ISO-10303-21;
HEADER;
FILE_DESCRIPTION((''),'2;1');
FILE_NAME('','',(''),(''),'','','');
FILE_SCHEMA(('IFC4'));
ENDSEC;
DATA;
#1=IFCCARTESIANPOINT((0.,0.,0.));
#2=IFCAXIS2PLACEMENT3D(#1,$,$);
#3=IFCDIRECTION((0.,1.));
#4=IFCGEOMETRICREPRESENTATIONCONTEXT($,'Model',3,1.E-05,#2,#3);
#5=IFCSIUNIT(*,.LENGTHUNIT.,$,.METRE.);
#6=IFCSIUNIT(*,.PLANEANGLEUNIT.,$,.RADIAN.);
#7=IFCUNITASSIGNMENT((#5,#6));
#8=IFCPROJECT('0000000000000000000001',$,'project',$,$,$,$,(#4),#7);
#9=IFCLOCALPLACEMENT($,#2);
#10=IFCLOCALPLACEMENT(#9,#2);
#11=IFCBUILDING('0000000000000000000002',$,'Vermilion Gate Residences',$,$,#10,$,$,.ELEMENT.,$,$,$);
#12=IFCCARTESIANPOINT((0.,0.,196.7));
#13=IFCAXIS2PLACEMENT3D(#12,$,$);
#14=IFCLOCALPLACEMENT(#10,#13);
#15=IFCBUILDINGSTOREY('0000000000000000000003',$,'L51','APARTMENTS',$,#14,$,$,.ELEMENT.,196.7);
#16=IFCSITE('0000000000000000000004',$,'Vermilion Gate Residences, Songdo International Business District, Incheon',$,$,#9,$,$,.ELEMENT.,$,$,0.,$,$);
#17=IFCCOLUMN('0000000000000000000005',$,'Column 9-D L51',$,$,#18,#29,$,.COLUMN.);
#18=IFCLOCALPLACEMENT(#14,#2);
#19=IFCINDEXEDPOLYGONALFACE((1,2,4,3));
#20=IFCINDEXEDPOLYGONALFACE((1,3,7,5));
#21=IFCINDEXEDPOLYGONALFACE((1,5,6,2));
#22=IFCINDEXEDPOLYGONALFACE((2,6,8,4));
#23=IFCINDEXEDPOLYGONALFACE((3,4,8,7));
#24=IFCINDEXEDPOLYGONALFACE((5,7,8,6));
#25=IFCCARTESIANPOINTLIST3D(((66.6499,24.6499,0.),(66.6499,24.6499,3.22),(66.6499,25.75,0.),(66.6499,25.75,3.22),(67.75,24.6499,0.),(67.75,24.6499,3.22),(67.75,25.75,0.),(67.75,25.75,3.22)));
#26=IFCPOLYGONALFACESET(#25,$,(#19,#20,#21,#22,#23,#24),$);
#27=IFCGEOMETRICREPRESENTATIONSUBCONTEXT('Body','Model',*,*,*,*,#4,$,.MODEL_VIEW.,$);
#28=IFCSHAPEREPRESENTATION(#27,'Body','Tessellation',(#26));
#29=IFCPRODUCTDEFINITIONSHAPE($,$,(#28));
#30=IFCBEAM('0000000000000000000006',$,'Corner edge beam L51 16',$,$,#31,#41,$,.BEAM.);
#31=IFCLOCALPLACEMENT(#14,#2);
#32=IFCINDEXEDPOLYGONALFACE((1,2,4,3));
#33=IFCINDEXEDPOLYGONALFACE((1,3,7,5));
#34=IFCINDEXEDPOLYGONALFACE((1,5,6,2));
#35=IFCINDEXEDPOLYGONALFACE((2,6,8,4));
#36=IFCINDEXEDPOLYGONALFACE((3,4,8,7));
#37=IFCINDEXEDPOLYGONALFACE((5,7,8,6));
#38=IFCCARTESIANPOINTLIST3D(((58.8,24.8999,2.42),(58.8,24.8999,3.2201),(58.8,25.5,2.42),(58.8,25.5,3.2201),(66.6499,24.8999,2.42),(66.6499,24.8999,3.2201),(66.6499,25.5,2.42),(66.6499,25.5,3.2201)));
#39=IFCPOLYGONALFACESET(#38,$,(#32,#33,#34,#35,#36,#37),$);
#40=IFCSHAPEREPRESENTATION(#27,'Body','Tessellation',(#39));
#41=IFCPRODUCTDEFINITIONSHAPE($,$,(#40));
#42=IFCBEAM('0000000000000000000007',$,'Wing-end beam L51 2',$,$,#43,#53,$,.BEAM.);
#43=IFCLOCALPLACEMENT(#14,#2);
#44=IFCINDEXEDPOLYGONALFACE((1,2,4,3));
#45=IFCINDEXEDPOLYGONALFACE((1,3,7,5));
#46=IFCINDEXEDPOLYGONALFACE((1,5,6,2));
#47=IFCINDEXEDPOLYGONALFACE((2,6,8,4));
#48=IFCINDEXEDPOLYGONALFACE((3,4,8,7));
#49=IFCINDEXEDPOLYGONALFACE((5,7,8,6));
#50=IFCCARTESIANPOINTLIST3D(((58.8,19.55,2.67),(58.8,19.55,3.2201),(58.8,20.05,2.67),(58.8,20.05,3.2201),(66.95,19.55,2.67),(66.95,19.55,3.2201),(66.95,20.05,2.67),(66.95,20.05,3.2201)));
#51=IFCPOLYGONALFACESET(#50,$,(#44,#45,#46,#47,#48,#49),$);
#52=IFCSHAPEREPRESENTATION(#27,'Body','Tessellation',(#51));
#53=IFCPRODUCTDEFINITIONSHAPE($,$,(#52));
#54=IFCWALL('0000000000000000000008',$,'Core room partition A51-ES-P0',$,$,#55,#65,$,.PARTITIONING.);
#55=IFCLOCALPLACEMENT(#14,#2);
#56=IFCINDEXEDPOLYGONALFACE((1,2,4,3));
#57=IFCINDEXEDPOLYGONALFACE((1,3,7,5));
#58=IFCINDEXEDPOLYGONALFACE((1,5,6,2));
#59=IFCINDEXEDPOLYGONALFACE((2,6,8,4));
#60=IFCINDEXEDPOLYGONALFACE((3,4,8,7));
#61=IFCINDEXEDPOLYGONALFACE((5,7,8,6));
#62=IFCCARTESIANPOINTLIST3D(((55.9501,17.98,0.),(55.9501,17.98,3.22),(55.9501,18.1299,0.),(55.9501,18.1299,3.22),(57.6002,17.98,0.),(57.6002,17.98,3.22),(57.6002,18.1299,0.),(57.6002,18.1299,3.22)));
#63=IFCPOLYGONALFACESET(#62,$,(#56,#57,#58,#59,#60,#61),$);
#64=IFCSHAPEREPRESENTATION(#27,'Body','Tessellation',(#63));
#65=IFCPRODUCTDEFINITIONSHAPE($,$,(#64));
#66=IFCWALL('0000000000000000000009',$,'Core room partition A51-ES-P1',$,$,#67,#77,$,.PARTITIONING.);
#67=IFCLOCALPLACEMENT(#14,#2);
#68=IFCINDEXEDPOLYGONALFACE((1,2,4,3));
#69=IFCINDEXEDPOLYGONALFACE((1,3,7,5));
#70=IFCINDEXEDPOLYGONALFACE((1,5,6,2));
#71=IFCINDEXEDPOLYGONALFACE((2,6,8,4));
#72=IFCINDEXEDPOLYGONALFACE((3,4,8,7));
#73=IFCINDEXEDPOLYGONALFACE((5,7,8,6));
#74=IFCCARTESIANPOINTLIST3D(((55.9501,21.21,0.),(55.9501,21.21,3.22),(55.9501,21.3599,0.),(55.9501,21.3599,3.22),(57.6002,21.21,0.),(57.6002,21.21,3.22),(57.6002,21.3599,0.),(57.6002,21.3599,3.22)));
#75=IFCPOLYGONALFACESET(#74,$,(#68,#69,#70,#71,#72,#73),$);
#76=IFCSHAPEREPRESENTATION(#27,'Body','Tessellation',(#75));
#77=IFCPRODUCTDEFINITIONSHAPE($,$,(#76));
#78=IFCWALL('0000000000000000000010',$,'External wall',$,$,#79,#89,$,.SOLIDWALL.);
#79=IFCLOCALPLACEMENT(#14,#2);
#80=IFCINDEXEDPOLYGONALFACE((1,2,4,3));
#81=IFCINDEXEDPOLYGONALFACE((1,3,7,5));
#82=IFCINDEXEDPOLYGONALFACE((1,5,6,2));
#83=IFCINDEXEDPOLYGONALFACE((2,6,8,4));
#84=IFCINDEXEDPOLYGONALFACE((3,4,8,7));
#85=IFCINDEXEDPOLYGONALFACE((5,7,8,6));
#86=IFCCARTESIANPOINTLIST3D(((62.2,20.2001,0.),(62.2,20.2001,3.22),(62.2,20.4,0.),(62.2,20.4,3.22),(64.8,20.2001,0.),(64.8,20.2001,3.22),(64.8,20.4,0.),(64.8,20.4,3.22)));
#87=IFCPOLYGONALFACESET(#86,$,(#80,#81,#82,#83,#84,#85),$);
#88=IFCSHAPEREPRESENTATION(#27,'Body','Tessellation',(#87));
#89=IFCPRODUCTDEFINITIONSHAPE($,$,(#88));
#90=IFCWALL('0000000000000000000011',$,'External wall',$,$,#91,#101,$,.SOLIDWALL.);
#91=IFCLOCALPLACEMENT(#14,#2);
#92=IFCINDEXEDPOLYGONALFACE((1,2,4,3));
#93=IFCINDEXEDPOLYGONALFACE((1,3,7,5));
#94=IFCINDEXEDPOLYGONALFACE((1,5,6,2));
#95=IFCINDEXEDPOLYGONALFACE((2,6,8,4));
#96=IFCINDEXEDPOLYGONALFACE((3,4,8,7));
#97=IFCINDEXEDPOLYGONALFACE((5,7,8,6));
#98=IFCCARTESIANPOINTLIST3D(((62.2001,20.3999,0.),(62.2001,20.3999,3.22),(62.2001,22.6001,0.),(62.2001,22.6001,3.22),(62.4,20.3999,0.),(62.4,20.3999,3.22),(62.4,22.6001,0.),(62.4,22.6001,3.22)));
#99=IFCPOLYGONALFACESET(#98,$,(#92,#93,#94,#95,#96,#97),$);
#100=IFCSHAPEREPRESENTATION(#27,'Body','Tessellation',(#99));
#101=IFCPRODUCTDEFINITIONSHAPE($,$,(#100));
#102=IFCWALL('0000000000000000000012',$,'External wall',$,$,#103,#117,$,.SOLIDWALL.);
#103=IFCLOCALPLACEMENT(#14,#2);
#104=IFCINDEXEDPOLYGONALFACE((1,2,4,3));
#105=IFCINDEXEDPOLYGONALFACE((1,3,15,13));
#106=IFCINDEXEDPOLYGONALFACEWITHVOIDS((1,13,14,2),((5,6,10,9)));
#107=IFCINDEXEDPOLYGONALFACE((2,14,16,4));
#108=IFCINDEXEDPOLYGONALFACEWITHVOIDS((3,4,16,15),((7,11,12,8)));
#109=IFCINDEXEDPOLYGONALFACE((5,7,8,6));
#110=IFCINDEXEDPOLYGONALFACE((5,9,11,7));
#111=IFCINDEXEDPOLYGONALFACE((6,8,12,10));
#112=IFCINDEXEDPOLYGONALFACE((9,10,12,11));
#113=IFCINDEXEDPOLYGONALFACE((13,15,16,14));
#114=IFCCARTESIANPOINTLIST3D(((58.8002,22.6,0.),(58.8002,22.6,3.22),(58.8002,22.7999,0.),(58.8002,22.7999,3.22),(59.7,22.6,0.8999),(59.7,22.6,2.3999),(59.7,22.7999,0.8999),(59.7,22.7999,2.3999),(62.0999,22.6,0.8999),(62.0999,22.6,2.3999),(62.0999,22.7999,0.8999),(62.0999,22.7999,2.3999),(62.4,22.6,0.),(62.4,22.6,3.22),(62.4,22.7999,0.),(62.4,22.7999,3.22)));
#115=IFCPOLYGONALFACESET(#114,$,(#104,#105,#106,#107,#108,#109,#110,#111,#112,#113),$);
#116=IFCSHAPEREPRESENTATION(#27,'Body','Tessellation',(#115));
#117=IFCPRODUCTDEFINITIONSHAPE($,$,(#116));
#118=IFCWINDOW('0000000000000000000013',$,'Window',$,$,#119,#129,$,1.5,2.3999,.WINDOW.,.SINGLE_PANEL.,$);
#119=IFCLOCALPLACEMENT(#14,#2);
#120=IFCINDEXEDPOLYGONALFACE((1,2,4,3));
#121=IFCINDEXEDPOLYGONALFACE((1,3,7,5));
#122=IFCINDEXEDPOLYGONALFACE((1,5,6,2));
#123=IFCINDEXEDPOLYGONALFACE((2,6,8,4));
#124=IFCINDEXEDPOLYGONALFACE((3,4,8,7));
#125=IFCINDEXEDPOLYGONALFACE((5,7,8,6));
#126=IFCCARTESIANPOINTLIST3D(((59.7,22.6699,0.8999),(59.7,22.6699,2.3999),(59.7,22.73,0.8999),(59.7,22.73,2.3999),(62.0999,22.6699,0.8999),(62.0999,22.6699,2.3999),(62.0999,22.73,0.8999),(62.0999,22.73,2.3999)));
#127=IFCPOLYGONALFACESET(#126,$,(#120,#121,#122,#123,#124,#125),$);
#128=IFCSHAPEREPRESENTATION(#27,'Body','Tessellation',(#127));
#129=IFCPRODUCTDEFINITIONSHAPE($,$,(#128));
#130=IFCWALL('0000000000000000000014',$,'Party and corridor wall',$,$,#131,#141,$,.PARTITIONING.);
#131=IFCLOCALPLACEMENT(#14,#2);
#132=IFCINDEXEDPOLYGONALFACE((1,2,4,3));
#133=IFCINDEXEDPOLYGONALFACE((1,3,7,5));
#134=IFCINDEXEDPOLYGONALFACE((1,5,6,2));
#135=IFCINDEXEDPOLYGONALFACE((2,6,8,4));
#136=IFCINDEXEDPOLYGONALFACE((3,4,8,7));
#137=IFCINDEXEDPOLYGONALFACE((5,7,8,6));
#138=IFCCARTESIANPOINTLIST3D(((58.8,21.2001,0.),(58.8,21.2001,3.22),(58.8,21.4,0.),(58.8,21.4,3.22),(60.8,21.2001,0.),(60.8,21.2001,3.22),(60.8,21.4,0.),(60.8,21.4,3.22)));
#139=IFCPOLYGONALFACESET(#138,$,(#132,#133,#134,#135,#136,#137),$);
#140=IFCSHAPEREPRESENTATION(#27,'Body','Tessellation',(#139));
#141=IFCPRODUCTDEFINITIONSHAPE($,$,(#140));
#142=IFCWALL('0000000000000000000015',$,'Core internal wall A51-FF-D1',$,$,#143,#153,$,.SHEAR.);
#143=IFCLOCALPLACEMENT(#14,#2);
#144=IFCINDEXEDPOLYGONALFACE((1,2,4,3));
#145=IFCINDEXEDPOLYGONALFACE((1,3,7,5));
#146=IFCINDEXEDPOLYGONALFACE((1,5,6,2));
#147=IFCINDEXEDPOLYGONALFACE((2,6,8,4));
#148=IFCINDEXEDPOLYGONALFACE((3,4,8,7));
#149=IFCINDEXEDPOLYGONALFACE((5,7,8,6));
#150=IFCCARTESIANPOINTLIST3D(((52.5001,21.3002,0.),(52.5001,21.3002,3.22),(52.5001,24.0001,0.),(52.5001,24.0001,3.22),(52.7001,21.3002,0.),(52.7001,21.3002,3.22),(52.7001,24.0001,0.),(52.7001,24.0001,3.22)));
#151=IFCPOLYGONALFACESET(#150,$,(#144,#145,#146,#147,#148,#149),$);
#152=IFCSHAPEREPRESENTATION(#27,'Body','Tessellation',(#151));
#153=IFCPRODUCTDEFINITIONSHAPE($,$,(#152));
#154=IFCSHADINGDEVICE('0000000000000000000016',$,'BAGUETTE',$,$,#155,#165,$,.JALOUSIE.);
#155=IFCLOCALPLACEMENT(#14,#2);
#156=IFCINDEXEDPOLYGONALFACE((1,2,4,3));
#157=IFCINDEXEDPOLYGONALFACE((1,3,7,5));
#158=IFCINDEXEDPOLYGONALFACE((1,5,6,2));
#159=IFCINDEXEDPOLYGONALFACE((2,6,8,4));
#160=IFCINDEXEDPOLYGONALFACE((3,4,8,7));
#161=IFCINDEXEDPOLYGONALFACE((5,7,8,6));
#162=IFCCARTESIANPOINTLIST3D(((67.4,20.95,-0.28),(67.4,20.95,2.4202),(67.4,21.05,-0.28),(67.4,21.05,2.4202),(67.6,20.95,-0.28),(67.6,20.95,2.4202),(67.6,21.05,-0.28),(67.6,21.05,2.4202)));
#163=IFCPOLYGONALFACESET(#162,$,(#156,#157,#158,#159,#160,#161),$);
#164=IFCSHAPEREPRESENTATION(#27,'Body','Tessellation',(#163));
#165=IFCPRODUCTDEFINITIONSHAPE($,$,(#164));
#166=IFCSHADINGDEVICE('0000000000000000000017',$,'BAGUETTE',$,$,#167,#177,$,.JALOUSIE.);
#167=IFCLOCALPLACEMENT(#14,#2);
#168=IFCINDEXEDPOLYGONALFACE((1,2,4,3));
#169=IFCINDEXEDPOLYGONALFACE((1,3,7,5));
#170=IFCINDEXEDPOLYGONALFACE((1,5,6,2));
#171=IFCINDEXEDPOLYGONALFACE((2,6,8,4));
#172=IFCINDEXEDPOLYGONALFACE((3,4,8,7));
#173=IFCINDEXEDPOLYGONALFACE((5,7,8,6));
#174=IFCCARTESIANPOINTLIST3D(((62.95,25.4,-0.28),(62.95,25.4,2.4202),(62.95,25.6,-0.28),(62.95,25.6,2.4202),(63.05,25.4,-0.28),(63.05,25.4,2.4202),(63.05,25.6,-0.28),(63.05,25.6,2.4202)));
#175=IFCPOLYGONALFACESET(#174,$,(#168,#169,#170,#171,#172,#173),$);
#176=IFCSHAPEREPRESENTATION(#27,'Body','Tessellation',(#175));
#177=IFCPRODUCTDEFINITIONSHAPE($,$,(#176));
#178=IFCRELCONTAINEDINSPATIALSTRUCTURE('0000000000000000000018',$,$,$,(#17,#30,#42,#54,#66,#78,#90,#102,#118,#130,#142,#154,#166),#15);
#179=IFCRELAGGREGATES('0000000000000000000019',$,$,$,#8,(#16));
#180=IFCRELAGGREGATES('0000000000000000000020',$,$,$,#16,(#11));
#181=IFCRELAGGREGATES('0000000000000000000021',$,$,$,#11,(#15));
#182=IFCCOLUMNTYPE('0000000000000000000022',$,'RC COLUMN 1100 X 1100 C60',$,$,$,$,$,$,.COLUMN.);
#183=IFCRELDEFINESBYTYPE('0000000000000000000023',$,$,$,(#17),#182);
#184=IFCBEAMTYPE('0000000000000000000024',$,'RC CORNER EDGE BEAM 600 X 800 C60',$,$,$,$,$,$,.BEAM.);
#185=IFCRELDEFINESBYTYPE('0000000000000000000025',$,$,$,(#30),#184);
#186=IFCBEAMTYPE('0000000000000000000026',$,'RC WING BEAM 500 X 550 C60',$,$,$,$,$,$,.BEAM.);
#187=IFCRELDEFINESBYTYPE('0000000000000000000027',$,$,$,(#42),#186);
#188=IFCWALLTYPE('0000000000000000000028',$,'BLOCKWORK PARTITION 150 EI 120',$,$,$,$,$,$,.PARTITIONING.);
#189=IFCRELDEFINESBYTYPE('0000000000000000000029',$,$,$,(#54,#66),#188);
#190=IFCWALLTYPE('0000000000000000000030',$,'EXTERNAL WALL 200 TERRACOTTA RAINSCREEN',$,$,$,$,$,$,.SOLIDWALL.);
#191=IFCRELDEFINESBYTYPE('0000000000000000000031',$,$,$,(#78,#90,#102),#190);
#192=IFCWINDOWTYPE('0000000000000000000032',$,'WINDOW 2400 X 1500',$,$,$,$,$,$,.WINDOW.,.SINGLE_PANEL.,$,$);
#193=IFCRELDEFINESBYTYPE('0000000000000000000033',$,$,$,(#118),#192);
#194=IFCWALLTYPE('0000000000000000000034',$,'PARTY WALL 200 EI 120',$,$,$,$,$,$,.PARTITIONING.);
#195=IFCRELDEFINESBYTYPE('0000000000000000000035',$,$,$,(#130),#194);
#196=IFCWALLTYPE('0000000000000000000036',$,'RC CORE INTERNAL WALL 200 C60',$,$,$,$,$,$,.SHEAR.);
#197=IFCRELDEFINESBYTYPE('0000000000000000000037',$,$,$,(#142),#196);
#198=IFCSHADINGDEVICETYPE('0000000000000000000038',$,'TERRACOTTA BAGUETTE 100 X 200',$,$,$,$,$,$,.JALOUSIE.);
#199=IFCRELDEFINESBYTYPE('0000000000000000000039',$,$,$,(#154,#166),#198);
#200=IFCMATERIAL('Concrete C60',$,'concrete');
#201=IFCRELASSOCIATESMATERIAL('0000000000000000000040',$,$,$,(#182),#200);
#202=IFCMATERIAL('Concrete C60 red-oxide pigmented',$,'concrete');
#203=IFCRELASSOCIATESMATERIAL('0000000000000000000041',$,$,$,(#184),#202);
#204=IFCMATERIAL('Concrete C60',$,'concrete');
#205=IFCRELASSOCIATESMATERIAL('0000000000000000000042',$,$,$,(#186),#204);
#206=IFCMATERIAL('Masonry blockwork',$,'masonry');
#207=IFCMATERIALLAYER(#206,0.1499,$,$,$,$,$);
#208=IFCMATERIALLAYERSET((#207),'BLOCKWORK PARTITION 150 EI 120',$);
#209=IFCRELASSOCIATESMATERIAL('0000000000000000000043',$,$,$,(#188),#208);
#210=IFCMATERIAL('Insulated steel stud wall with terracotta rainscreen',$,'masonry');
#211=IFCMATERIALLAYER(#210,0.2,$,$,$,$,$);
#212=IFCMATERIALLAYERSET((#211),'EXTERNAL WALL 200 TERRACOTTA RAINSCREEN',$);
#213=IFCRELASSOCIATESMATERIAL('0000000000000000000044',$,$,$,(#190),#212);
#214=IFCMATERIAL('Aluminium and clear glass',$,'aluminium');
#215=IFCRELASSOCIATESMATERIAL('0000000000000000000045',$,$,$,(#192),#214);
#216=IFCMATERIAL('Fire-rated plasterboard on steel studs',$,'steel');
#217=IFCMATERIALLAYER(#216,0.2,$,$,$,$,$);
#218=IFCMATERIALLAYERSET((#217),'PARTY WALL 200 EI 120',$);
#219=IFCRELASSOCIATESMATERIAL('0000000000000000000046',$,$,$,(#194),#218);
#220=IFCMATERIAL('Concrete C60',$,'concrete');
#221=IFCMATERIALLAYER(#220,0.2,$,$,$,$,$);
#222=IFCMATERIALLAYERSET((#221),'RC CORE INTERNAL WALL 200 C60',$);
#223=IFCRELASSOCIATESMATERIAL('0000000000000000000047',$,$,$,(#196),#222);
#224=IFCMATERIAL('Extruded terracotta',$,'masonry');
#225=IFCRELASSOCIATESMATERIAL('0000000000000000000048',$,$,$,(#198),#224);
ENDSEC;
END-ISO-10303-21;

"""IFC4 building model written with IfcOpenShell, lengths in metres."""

from ifc_helpers import new_model, si_unit, direction, frame, frame_2d, origin, origin_2d, place, context, subcontext, project, spatial, rectangle, extrude, material, layer, layer_set, material_profile, profile_set, type_object, element, fill, save


model = new_model("IFC4")

# Units and contexts
model_context = context("Model", 3, precision=1e-05, world=origin(), true_north=direction((0.0, 1.0)))
body_context = subcontext(model_context, "Body", "Model", "MODEL_VIEW")
ifc_project = project(units=[si_unit("LENGTHUNIT", "METRE"), si_unit("PLANEANGLEUNIT", "RADIAN")], contexts=[model_context])

# Site, building, storey
site_placement = place(None, origin())
site = spatial("IfcSite", under=ifc_project, at=site_placement, Name="Vermilion Gate Residences, Songdo International Business District, Incheon", CompositionType="ELEMENT", RefElevation=0.0)
building_placement = place(site_placement, origin())
building = spatial("IfcBuilding", under=site, at=building_placement, Name="Vermilion Gate Residences", CompositionType="ELEMENT")
storey_placement = place(building_placement, frame((0.0, 0.0, 196.7)))
storey = spatial("IfcBuildingStorey", under=building, at=storey_placement, Name="L51", Description="APARTMENTS", CompositionType="ELEMENT", Elevation=196.7)

# Column
ifc_material_1 = material(Name="Concrete C60", Category="concrete")
ifc_material_profile_1 = material_profile(ifc_material_1, rectangle(XDim=1.1001, YDim=1.1001, at=origin_2d()), Name="RC-1100x1100")
ifc_profile_set_1 = profile_set([ifc_material_profile_1], Name="Concrete C60")
column_type = type_object("IfcColumnType", Name="RC COLUMN 1100 X 1100 C60", PredefinedType="COLUMN", material=ifc_profile_set_1)
column_placement = place(storey_placement, frame((67.2, 25.2, 0.0), z_axis=(0.0, 0.0, 1.0), x_axis=(1.0, 0.0, 0.0)))
element("IfcColumn", 1, at=column_placement, inside=storey, type_object=column_type, Name="Column 9-D L51", PredefinedType="COLUMN", context=body_context, shape_type="SweptSolid", body=[
    extrude(rectangle(XDim=1.1001, YDim=1.1001, at=origin_2d()), origin(), (0.0, 0.0, 1.0), 3.22),
])

# Beams
ifc_material_2 = material(Name="Concrete C60 red-oxide pigmented", Category="concrete")
ifc_material_profile_2 = material_profile(ifc_material_2, rectangle(XDim=0.6001, YDim=0.8, at=origin_2d()), Name="RC-600x800")
ifc_profile_set_2 = profile_set([ifc_material_profile_2], Name="Concrete C60 red-oxide pigmented")
beam_type_1 = type_object("IfcBeamType", Name="RC CORNER EDGE BEAM 600 X 800 C60", PredefinedType="BEAM", material=ifc_profile_set_2)
beam_1_placement = place(storey_placement, frame((58.8, 25.2, 2.8201), z_axis=(1.0, 0.0, 0.0), x_axis=(0.0, 1.0, 0.0)))
element("IfcBeam", 2, at=beam_1_placement, inside=storey, type_object=beam_type_1, Name="Corner edge beam L51 16", PredefinedType="BEAM", context=body_context, shape_type="SweptSolid", body=[
    extrude(rectangle(XDim=0.6001, YDim=0.8, at=origin_2d()), origin(), (0.0, 0.0, 1.0), 7.8499),
])
ifc_material_3 = material(Name="Concrete C60", Category="concrete")
ifc_material_profile_3 = material_profile(ifc_material_3, rectangle(XDim=0.5, YDim=0.55, at=origin_2d()), Name="RC-500x550")
ifc_profile_set_3 = profile_set([ifc_material_profile_3], Name="Concrete C60")
beam_type_2 = type_object("IfcBeamType", Name="RC WING BEAM 500 X 550 C60", PredefinedType="BEAM", material=ifc_profile_set_3)
beam_2_placement = place(storey_placement, frame((58.8, 19.8, 2.9451), z_axis=(1.0, 0.0, 0.0), x_axis=(0.0, 1.0, 0.0)))
element("IfcBeam", 3, at=beam_2_placement, inside=storey, type_object=beam_type_2, Name="Wing-end beam L51 2", PredefinedType="BEAM", context=body_context, shape_type="SweptSolid", body=[
    extrude(rectangle(XDim=0.5, YDim=0.55, at=origin_2d()), origin(), (0.0, 0.0, 1.0), 8.1499),
])

# Walls
ifc_material_4 = material(Name="Masonry blockwork", Category="masonry")
ifc_layer_1 = layer(ifc_material_4, 0.1499)
ifc_layer_set_1 = layer_set([ifc_layer_1], Name="BLOCKWORK PARTITION 150 EI 120")
wall_type_1 = type_object("IfcWallType", Name="BLOCKWORK PARTITION 150 EI 120", PredefinedType="PARTITIONING", material=ifc_layer_set_1)
for number, where, z_axis, x_axis, name in (
    (4, (55.95, 18.0549, 0.0), (0.0, 0.0, 1.0), (1.0, 0.0, 0.0), "Core room partition A51-ES-P0"),
    (5, (55.95, 21.2849, 0.0), (0.0, 0.0, 1.0), (1.0, 0.0, 0.0), "Core room partition A51-ES-P1"),
):
    element("IfcWall", number, at=place(storey_placement, frame(where, z_axis=z_axis, x_axis=x_axis)), inside=storey, type_object=wall_type_1, Name=name, PredefinedType="PARTITIONING", context=body_context, shape_type="SweptSolid", body=[
        extrude(rectangle(XDim=1.6501, YDim=0.1499, at=frame_2d((0.8252, 0.0))), origin(), (0.0, 0.0, 1.0), 3.22),
    ])
ifc_material_5 = material(Name="Insulated steel stud wall with terracotta rainscreen", Category="masonry")
ifc_layer_2 = layer(ifc_material_5, 0.2)
ifc_layer_set_2 = layer_set([ifc_layer_2], Name="EXTERNAL WALL 200 TERRACOTTA RAINSCREEN")
wall_type_2 = type_object("IfcWallType", Name="EXTERNAL WALL 200 TERRACOTTA RAINSCREEN", PredefinedType="SOLIDWALL", material=ifc_layer_set_2)
wall_1_placement = place(storey_placement, frame((64.8, 20.3, 0.0), z_axis=(0.0, 0.0, 1.0), x_axis=(-1.0, 0.0, 0.0)))
element("IfcWall", 6, at=wall_1_placement, inside=storey, type_object=wall_type_2, Name="External wall", PredefinedType="SOLIDWALL", context=body_context, shape_type="SweptSolid", body=[
    extrude(rectangle(XDim=2.6001, YDim=0.2, at=frame_2d((1.3, 0.0))), origin(), (0.0, 0.0, 1.0), 3.22),
])
wall_2_placement = place(storey_placement, frame((62.3, 20.3999, 0.0), z_axis=(0.0, 0.0, 1.0), x_axis=(0.0, 1.0, 0.0)))
element("IfcWall", 7, at=wall_2_placement, inside=storey, type_object=wall_type_2, Name="External wall", PredefinedType="SOLIDWALL", context=body_context, shape_type="SweptSolid", body=[
    extrude(rectangle(XDim=2.2002, YDim=0.2, at=frame_2d((1.1001, 0.0))), origin(), (0.0, 0.0, 1.0), 3.22),
])

# Wall, opening, window
wall_3_placement = place(storey_placement, frame((62.3999, 22.7, 0.0), z_axis=(0.0, 0.0, 1.0), x_axis=(-1.0, 0.0, 0.0)))
wall_3 = element("IfcWall", 8, at=wall_3_placement, inside=storey, type_object=wall_type_2, Name="External wall", PredefinedType="SOLIDWALL", context=body_context, shape_type="SweptSolid", body=[
    extrude(rectangle(XDim=3.5999, YDim=0.2, at=frame_2d((1.7998, 0.0))), origin(), (0.0, 0.0, 1.0), 3.22),
])
opening_placement = place(wall_3_placement, frame((0.3, 0.0, 0.8999)))
opening = element("IfcOpeningElement", 9, at=opening_placement, cuts=wall_3, PredefinedType="OPENING", context=body_context, shape_type="SweptSolid", body=[
    extrude(rectangle(XDim=2.3999, YDim=1.5, at=frame_2d((1.2, 0.75))), frame((0.0, 0.1099, 0.0), z_axis=(0.0, -1.0, 0.0), x_axis=(1.0, 0.0, 0.0)), (0.0, 0.0, 1.0), 0.22),
])
ifc_material_6 = material(Name="Aluminium and clear glass", Category="aluminium")
window_type = type_object("IfcWindowType", Name="WINDOW 2400 X 1500", PartitioningType="SINGLE_PANEL", PredefinedType="WINDOW", material=ifc_material_6)
window_placement = place(opening_placement, origin())
window = element("IfcWindow", 10, at=window_placement, inside=storey, type_object=window_type, Name="Window", OverallHeight=1.5, OverallWidth=2.3999, PartitioningType="SINGLE_PANEL", PredefinedType="WINDOW", context=body_context, shape_type="SweptSolid", body=[
    extrude(rectangle(XDim=2.3999, YDim=1.5, at=frame_2d((1.2, 0.75))), frame((0.0, 0.03, 0.0), z_axis=(0.0, -1.0, 0.0), x_axis=(1.0, 0.0, 0.0)), (0.0, 0.0, 1.0), 0.0601),
])
fill(opening, window)

# Walls
ifc_material_7 = material(Name="Fire-rated plasterboard on steel studs", Category="steel")
ifc_layer_3 = layer(ifc_material_7, 0.2)
ifc_layer_set_3 = layer_set([ifc_layer_3], Name="PARTY WALL 200 EI 120")
wall_type_3 = type_object("IfcWallType", Name="PARTY WALL 200 EI 120", PredefinedType="PARTITIONING", material=ifc_layer_set_3)
wall_4_placement = place(storey_placement, frame((58.8, 21.3, 0.0), z_axis=(0.0, 0.0, 1.0), x_axis=(1.0, 0.0, 0.0)))
element("IfcWall", 11, at=wall_4_placement, inside=storey, type_object=wall_type_3, Name="Party and corridor wall", PredefinedType="PARTITIONING", context=body_context, shape_type="SweptSolid", body=[
    extrude(rectangle(XDim=2.0, YDim=0.2, at=frame_2d((1.0, 0.0))), origin(), (0.0, 0.0, 1.0), 3.22),
])
ifc_material_8 = material(Name="Concrete C60", Category="concrete")
ifc_layer_4 = layer(ifc_material_8, 0.2)
ifc_layer_set_4 = layer_set([ifc_layer_4], Name="RC CORE INTERNAL WALL 200 C60")
wall_type_4 = type_object("IfcWallType", Name="RC CORE INTERNAL WALL 200 C60", PredefinedType="SHEAR", material=ifc_layer_set_4)
wall_5_placement = place(storey_placement, frame((52.6001, 21.3, 0.0), z_axis=(0.0, 0.0, 1.0), x_axis=(0.0, 1.0, 0.0)))
element("IfcWall", 12, at=wall_5_placement, inside=storey, type_object=wall_type_4, Name="Core internal wall A51-FF-D1", PredefinedType="SHEAR", context=body_context, shape_type="SweptSolid", body=[
    extrude(rectangle(XDim=2.7, YDim=0.2, at=frame_2d((1.3501, 0.0))), origin(), (0.0, 0.0, 1.0), 3.22),
])

# Shading devices
ifc_material_9 = material(Name="Extruded terracotta", Category="masonry")
ifc_material_profile_4 = material_profile(ifc_material_9, rectangle(XDim=0.2, YDim=0.1001, at=origin_2d()), Name="BAGUETTE 100 X 200")
ifc_profile_set_4 = profile_set([ifc_material_profile_4], Name="Extruded terracotta")
shading_device_type_1 = type_object("IfcShadingDeviceType", Name="TERRACOTTA BAGUETTE 100 X 200", PredefinedType="JALOUSIE", material=ifc_profile_set_4)
for number, where, z_axis, x_axis, name in (
    (13, (67.5, 21.0, -0.28), (0.0, 0.0, 1.0), (-1.0, 0.0, 0.0), "BAGUETTE"),
    (14, (63.0, 25.5, -0.28), (0.0, 0.0, 1.0), (0.0, -1.0, 0.0), "BAGUETTE"),
):
    element("IfcShadingDevice", number, at=place(storey_placement, frame(where, z_axis=z_axis, x_axis=x_axis)), inside=storey, type_object=shading_device_type_1, Name=name, PredefinedType="JALOUSIE", context=body_context, shape_type="SweptSolid", body=[
        extrude(rectangle(XDim=0.2, YDim=0.1001, at=origin_2d()), origin(), (0.0, 0.0, 1.0), 2.7002),
    ])

save(model, "model.ifc")
